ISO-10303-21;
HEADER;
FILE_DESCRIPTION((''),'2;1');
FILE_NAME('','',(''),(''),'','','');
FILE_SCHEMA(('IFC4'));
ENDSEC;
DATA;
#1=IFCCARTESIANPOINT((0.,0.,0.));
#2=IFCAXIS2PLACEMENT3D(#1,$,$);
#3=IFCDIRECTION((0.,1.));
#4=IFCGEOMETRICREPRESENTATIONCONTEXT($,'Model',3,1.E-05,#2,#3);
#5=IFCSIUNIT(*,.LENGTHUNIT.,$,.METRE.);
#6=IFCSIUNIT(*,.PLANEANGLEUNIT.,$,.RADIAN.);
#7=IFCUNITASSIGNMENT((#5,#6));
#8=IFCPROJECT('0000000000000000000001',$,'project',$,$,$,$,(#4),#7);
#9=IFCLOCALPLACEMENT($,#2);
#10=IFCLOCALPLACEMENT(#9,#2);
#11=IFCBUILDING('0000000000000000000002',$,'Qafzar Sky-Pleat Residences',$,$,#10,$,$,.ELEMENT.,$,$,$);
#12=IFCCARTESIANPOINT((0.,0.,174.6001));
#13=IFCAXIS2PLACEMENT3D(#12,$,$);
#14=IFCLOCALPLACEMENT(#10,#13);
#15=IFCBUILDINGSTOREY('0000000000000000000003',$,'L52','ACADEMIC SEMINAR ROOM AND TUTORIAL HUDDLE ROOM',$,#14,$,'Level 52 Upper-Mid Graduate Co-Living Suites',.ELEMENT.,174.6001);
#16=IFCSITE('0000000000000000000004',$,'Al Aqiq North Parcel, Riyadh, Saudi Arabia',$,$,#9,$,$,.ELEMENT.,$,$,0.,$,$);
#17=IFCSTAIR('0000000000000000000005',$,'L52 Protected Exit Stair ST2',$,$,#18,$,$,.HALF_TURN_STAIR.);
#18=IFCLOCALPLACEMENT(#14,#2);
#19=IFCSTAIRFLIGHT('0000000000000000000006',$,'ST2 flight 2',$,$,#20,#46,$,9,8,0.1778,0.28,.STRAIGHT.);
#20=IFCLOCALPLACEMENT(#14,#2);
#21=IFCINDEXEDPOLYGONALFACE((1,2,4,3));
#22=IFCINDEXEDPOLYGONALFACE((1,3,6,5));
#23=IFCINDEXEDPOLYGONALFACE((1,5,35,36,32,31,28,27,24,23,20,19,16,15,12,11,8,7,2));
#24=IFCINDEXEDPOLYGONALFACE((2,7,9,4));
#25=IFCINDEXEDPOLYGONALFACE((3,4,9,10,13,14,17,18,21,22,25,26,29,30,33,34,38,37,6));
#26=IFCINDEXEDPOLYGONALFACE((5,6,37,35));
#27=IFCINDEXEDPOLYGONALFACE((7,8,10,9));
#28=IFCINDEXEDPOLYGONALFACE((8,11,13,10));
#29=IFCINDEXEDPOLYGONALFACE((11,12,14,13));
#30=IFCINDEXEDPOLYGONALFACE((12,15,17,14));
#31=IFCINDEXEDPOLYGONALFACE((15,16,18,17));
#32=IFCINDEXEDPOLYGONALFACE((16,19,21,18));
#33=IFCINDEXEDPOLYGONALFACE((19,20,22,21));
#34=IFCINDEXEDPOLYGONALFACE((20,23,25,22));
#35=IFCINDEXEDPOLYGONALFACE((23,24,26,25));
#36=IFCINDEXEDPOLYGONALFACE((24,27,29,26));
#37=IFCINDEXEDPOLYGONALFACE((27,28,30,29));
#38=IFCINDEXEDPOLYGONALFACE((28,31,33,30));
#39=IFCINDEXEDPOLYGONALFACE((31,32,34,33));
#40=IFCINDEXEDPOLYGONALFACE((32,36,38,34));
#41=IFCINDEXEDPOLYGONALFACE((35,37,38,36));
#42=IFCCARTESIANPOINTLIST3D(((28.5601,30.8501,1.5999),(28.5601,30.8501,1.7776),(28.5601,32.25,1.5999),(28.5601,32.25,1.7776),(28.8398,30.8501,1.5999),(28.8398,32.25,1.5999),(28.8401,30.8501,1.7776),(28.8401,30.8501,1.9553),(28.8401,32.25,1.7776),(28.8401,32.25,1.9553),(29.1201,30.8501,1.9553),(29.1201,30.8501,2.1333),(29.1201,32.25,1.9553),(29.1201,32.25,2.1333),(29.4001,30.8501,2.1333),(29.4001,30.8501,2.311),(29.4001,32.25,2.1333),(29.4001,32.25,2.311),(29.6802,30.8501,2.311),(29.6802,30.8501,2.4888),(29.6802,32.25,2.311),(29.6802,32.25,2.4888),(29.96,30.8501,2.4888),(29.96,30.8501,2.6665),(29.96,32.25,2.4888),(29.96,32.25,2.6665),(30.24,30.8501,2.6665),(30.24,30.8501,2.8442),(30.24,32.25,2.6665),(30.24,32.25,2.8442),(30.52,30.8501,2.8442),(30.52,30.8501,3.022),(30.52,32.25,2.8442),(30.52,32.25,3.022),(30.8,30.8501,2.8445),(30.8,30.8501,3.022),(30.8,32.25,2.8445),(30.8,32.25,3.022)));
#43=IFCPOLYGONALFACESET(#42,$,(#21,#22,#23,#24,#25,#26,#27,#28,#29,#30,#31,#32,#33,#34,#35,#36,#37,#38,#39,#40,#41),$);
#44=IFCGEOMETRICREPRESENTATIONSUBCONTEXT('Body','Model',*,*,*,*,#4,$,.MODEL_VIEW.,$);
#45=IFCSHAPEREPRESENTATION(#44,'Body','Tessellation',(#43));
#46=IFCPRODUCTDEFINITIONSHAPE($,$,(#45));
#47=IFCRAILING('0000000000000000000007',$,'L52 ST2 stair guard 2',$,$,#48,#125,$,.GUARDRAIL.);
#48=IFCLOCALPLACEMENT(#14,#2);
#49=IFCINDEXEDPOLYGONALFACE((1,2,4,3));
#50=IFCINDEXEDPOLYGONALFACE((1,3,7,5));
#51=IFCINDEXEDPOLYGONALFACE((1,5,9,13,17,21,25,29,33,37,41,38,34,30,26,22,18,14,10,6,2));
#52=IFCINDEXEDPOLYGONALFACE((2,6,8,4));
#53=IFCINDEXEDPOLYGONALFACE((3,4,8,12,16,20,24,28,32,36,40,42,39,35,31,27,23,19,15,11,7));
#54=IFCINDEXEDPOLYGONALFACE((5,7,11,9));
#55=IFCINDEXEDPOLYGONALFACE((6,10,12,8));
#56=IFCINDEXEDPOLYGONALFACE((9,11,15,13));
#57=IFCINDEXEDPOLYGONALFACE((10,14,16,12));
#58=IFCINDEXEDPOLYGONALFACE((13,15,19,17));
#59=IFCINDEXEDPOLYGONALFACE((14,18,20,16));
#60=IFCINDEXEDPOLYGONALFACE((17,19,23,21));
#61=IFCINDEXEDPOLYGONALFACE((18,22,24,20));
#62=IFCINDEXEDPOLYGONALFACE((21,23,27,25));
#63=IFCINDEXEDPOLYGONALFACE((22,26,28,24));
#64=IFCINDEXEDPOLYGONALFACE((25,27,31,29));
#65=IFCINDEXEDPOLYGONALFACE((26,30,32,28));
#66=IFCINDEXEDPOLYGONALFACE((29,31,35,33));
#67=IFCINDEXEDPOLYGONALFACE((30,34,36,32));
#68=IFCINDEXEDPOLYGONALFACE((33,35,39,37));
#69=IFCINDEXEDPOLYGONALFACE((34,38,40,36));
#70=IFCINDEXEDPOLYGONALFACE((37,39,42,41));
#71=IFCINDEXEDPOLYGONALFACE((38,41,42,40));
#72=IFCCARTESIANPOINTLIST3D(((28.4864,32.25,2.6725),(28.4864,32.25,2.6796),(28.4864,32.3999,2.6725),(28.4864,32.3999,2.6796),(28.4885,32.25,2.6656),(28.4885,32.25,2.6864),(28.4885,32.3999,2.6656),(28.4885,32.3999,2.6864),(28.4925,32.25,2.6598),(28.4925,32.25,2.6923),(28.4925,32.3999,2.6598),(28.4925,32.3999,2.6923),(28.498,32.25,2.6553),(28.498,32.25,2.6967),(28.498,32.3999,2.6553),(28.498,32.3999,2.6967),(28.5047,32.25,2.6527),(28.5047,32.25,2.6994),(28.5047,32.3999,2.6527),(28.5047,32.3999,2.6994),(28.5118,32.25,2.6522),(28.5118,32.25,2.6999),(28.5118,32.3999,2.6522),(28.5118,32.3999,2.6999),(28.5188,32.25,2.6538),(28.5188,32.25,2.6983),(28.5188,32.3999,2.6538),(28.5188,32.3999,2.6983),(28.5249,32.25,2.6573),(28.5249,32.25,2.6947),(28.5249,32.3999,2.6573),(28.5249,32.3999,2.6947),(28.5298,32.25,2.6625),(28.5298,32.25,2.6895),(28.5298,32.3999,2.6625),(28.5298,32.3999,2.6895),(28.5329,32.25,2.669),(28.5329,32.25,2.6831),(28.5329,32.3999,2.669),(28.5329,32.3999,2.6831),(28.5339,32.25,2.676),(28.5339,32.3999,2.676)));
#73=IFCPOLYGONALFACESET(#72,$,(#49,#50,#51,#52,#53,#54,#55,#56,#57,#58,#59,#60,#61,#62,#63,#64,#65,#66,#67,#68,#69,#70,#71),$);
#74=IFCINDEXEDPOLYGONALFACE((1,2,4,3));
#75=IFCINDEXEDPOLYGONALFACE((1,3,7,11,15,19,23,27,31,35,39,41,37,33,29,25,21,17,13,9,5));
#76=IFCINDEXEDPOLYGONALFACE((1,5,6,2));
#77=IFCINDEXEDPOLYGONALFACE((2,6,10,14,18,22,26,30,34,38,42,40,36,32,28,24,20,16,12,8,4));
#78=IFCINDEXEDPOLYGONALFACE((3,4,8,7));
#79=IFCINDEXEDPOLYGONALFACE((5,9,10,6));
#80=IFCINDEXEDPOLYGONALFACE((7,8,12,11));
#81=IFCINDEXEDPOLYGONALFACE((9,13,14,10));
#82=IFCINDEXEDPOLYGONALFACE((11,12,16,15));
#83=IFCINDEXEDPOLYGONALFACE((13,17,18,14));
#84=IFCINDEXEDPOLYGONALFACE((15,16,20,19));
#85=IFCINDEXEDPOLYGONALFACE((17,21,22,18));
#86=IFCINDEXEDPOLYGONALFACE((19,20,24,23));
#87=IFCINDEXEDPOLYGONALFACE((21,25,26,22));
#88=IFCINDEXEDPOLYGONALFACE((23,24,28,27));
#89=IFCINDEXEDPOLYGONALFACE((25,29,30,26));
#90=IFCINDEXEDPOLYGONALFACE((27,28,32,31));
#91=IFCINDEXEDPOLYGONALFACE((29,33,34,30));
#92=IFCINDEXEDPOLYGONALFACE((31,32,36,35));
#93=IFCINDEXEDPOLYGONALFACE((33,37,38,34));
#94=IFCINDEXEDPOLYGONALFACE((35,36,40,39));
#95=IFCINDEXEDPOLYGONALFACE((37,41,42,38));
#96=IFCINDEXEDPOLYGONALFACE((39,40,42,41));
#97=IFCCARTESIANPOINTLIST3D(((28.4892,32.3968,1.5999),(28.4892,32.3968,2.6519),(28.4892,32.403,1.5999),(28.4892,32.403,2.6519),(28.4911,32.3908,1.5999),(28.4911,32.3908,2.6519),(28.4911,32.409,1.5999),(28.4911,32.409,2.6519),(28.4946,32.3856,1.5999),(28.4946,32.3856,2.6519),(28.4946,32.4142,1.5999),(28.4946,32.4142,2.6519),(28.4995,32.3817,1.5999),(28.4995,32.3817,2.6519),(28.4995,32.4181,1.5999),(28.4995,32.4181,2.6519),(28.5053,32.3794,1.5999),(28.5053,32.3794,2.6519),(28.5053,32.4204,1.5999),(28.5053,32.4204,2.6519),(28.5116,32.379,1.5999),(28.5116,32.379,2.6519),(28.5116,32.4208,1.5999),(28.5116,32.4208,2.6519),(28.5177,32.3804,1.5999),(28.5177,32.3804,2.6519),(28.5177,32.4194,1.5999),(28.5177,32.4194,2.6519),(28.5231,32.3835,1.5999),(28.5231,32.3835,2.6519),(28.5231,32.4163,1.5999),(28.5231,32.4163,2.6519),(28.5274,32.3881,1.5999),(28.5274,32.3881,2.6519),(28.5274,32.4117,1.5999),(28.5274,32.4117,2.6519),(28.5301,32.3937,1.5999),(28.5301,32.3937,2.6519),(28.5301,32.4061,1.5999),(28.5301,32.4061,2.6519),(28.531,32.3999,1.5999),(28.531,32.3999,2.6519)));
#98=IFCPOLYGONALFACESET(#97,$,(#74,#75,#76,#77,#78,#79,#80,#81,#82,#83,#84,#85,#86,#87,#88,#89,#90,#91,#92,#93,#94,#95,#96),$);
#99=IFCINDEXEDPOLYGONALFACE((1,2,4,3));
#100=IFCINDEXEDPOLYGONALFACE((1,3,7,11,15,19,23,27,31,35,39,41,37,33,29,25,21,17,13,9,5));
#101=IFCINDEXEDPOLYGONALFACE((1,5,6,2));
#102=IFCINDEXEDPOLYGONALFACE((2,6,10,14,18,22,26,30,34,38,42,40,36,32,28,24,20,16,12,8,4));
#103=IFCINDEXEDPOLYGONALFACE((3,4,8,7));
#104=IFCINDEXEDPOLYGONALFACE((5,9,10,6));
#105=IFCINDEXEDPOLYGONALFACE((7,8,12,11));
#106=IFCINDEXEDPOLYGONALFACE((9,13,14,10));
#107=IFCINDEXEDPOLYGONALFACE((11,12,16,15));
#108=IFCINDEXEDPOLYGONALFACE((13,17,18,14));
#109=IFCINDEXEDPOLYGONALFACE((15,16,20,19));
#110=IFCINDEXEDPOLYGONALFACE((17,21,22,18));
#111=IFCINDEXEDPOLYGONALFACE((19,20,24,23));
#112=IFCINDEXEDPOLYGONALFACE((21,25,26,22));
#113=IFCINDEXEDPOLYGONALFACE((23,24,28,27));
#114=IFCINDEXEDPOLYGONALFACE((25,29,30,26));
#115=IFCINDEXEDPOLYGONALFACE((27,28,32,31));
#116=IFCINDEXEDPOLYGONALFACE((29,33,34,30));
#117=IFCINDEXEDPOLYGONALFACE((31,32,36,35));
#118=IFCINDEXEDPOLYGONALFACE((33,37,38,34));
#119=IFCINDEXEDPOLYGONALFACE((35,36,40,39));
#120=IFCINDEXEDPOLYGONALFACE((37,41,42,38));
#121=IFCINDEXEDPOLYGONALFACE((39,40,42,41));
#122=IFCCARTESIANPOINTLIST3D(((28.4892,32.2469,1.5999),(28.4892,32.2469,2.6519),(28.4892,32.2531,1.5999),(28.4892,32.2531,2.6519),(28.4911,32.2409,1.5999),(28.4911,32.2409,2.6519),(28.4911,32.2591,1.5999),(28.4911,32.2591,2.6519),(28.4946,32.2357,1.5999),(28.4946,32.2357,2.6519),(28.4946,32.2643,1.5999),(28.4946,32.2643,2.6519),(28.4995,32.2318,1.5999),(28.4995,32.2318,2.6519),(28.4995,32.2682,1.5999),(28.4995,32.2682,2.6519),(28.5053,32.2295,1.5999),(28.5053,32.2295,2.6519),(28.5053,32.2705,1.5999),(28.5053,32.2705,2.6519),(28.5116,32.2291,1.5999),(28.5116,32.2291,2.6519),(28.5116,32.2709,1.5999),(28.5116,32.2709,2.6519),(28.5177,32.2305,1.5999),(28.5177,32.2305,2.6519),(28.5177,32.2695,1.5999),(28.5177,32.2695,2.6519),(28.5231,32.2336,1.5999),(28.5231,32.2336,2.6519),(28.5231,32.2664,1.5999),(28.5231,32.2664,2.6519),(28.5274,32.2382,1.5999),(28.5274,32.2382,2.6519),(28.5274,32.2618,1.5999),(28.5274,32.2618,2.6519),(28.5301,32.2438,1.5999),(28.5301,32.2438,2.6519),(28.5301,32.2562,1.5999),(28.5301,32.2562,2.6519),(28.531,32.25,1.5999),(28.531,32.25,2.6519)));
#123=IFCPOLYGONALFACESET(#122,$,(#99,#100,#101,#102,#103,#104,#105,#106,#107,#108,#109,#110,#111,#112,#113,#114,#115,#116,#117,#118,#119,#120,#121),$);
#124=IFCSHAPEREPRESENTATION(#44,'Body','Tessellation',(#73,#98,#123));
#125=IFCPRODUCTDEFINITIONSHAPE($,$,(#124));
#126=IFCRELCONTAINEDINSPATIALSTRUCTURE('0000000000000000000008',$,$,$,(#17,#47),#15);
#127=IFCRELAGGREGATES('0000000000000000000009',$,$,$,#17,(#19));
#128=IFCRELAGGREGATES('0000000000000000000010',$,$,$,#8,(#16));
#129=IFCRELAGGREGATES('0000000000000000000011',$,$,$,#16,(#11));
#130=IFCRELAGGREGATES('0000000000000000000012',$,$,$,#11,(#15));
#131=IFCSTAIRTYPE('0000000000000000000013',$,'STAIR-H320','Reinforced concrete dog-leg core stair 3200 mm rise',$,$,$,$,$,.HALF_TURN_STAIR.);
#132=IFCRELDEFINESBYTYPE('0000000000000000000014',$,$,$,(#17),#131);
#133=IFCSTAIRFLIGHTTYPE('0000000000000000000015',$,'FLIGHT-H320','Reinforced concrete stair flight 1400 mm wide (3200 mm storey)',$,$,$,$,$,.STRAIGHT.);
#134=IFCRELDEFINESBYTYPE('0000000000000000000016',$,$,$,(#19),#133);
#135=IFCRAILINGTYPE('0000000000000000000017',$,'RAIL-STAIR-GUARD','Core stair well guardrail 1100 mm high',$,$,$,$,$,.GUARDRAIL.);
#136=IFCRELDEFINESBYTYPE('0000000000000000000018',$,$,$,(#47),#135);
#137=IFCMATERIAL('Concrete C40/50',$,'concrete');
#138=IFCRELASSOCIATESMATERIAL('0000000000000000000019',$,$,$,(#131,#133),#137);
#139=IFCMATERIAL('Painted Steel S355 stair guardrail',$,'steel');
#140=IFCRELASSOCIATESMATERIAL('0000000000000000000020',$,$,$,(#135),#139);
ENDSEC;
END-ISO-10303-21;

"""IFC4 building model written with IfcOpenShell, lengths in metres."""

from ifc_helpers import new_model, si_unit, direction, frame, origin, origin_2d, place, context, subcontext, project, spatial, polyline, circle, outline, extrude, source, transform, mapped, material, type_object, element, aggregate, save


model = new_model("IFC4")

# Units and contexts
model_context = context("Model", 3, precision=1e-05, world=origin(), true_north=direction((0.0, 1.0)))
body_context = subcontext(model_context, "Body", "Model", "MODEL_VIEW")
ifc_project = project(units=[si_unit("LENGTHUNIT", "METRE"), si_unit("PLANEANGLEUNIT", "RADIAN")], contexts=[model_context])

# Site, building, storey
site_placement = place(None, origin())
site = spatial("IfcSite", under=ifc_project, at=site_placement, Name="Al Aqiq North Parcel, Riyadh, Saudi Arabia", CompositionType="ELEMENT", RefElevation=0.0)
building_placement = place(site_placement, origin())
building = spatial("IfcBuilding", under=site, at=building_placement, Name="Qafzar Sky-Pleat Residences", CompositionType="ELEMENT")
storey_placement = place(building_placement, frame((0.0, 0.0, 174.6001)))
storey = spatial("IfcBuildingStorey", under=building, at=storey_placement, Name="L52", Description="ACADEMIC SEMINAR ROOM AND TUTORIAL HUDDLE ROOM", LongName="Level 52 Upper-Mid Graduate Co-Living Suites", CompositionType="ELEMENT", Elevation=174.6001)

# Stair, stair flight
ifc_material_1 = material(Name="Concrete C40/50", Category="concrete")
stair_type = type_object("IfcStairType", Name="STAIR-H320", Description="Reinforced concrete dog-leg core stair 3200 mm rise", PredefinedType="HALF_TURN_STAIR", material=ifc_material_1)
stair_placement = place(storey_placement, origin())
stair = element("IfcStair", 1, at=stair_placement, inside=storey, type_object=stair_type, Name="L52 Protected Exit Stair ST2", PredefinedType="HALF_TURN_STAIR")
stair_flight_type = type_object("IfcStairFlightType", Name="FLIGHT-H320", Description="Reinforced concrete stair flight 1400 mm wide (3200 mm storey)", PredefinedType="STRAIGHT", material=ifc_material_1)
shared_shape_1 = source(origin(), body_context, "Body", "SweptSolid", [
    extrude(outline(polyline([(0.0, 0.0), (0.0, 0.1777), (0.28, 0.1777), (0.28, 0.3555), (0.5601, 0.3555), (0.5601, 0.5334), (0.8401, 0.5334), (0.8401, 0.7112), (1.1201, 0.7112), (1.1201, 0.8889), (1.3999, 0.8889), (1.3999, 1.0667), (1.6799, 1.0667), (1.6799, 1.2444), (1.96, 1.2444), (1.96, 1.4221), (2.24, 1.4221), (2.24, 1.6001), (2.24, 1.2446), (0.2798, 0.0), (0.0, 0.0)])), frame((0.0, 0.7, 0.0), z_axis=(0.0, -1.0, 0.0), x_axis=(1.0, 0.0, 0.0)), (0.0, 0.0, 1.0), 1.3999),
])
stair_flight_placement = place(storey_placement, frame((28.5601, 31.55, 1.5999), z_axis=(0.0, 0.0, 1.0), x_axis=(1.0, 0.0, 0.0)))
stair_flight = element("IfcStairFlight", 2, at=stair_flight_placement, type_object=stair_flight_type, Name="ST2 flight 2", NumberOfRisers=9, NumberOfTreads=8, PredefinedType="STRAIGHT", RiserHeight=0.1778, TreadLength=0.28, context=body_context, shape_type="MappedRepresentation", body=[
    mapped(shared_shape_1, transform((0.0, 0.0, 0.0), x_axis=(1.0, 0.0, 0.0), y_axis=(0.0, 1.0, 0.0), z_axis=(0.0, 0.0, 1.0), scale=1.0)),
])
aggregate(stair, [stair_flight])

# Railing
ifc_material_2 = material(Name="Painted Steel S355 stair guardrail", Category="steel")
railing_type_1 = type_object("IfcRailingType", Name="RAIL-STAIR-GUARD", Description="Core stair well guardrail 1100 mm high", PredefinedType="GUARDRAIL", material=ifc_material_2)
shared_shape_2 = source(origin(), body_context, "Body", "SweptSolid", [
    extrude(circle(Radius=0.0239, at=origin_2d()), frame((0.0, 0.0, 1.0762), z_axis=(0.0, -1.0, 0.0), x_axis=(1.0, 0.0, 0.0)), (0.0, 0.0, 1.0), 0.1499),
    extrude(circle(Radius=0.021, at=origin_2d()), origin(), (0.0, 0.0, 1.0), 1.052),
    extrude(circle(Radius=0.021, at=origin_2d()), frame((0.0, -0.1499, 0.0)), (0.0, 0.0, 1.0), 1.052),
])
railing_1_placement = place(storey_placement, frame((28.51, 32.3999, 1.5999)))
element("IfcRailing", 3, at=railing_1_placement, inside=storey, type_object=railing_type_1, Name="L52 ST2 stair guard 2", PredefinedType="GUARDRAIL", context=body_context, shape_type="MappedRepresentation", body=[
    mapped(shared_shape_2, transform((0.0, 0.0, 0.0), x_axis=(1.0, 0.0, 0.0), y_axis=(0.0, 1.0, 0.0), z_axis=(0.0, 0.0, 1.0), scale=1.0)),
])

save(model, "model.ifc")
